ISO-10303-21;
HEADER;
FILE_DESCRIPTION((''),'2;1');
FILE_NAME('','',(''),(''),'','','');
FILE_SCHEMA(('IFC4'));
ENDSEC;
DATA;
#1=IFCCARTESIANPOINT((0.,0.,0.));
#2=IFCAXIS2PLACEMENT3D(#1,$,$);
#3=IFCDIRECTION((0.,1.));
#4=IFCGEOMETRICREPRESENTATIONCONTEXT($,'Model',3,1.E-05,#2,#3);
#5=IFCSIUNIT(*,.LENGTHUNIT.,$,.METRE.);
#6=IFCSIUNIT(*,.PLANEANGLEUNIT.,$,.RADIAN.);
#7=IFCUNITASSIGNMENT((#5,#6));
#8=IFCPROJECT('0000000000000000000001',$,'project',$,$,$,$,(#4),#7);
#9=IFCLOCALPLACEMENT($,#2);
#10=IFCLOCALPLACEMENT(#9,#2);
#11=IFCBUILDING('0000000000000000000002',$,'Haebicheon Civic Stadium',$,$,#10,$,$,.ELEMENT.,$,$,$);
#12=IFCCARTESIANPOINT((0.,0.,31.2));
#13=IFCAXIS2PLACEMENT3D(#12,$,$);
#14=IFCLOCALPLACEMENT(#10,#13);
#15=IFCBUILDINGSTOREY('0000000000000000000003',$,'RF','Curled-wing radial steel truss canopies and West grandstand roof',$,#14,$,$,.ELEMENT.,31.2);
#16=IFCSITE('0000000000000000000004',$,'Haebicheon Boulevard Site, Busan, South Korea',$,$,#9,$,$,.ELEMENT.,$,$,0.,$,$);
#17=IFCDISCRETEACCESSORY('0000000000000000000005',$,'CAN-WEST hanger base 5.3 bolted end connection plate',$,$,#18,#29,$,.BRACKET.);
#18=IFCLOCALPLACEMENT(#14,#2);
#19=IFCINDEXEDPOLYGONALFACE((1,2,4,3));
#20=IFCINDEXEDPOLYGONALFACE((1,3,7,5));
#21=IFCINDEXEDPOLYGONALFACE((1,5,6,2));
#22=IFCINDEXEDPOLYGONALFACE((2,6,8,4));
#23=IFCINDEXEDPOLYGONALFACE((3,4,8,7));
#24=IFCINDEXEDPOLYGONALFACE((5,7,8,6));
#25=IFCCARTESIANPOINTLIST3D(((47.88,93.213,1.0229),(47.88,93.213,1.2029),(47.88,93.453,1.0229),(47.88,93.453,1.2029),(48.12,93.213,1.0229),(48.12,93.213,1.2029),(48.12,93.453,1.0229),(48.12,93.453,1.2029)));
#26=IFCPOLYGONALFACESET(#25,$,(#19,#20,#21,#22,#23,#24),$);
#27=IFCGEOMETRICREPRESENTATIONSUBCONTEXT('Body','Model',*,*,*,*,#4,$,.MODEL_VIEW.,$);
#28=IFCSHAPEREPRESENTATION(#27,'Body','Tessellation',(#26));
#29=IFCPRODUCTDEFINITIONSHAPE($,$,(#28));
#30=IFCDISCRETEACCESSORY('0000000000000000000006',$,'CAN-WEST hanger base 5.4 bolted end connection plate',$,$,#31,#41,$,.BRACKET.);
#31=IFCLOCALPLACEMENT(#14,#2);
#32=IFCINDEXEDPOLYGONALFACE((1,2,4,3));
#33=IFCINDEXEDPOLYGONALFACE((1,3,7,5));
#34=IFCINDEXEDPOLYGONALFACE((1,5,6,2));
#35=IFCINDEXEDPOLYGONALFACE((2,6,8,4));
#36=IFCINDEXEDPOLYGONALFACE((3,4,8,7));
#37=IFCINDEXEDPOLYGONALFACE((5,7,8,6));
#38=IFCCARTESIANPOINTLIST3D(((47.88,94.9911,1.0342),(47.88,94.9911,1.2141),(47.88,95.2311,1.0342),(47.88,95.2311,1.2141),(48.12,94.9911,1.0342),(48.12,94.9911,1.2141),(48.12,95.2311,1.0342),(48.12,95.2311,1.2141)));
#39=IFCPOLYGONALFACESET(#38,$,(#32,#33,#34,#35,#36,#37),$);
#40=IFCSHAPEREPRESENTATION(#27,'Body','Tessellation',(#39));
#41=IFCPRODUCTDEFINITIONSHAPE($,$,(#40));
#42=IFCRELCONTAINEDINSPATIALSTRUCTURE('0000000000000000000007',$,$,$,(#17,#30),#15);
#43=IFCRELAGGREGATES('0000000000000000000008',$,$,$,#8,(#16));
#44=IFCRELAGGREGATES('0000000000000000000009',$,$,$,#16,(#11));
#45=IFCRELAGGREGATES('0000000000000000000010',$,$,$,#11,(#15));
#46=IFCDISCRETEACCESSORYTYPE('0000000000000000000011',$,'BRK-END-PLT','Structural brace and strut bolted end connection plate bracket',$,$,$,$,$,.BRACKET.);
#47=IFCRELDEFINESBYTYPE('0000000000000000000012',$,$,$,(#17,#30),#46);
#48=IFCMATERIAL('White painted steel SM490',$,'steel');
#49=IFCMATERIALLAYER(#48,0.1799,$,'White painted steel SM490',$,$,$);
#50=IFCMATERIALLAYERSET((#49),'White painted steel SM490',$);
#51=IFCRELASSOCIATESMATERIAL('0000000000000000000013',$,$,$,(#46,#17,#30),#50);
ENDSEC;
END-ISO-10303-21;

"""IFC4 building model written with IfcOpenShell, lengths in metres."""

from ifc_helpers import new_model, si_unit, direction, frame, origin, origin_2d, place, context, subcontext, project, spatial, rectangle, extrude, material, layer, layer_set, type_object, element, save


model = new_model("IFC4")

# Units and contexts
model_context = context("Model", 3, precision=1e-05, world=origin(), true_north=direction((0.0, 1.0)))
body_context = subcontext(model_context, "Body", "Model", "MODEL_VIEW")
ifc_project = project(units=[si_unit("LENGTHUNIT", "METRE"), si_unit("PLANEANGLEUNIT", "RADIAN")], contexts=[model_context])

# Site, building, storey
site_placement = place(None, origin())
site = spatial("IfcSite", under=ifc_project, at=site_placement, Name="Haebicheon Boulevard Site, Busan, South Korea", CompositionType="ELEMENT", RefElevation=0.0)
building_placement = place(site_placement, origin())
building = spatial("IfcBuilding", under=site, at=building_placement, Name="Haebicheon Civic Stadium", CompositionType="ELEMENT")
storey_placement = place(building_placement, frame((0.0, 0.0, 31.2)))
storey = spatial("IfcBuildingStorey", under=building, at=storey_placement, Name="RF", Description="Curled-wing radial steel truss canopies and West grandstand roof", CompositionType="ELEMENT", Elevation=31.2)

# Discrete accessories
ifc_material_1 = material(Name="White painted steel SM490", Category="steel")
ifc_layer_1 = layer(ifc_material_1, 0.1799, Name="White painted steel SM490")
ifc_layer_set_1 = layer_set([ifc_layer_1], Name="White painted steel SM490")
discrete_accessory_type = type_object("IfcDiscreteAccessoryType", Name="BRK-END-PLT", Description="Structural brace and strut bolted end connection plate bracket", PredefinedType="BRACKET", material=ifc_layer_set_1)
for number, where, z_axis, x_axis, name in (
    (1, (48.0, 93.333, 1.0229), (0.0, 0.0, 1.0), (1.0, 0.0, 0.0), "CAN-WEST hanger base 5.3 bolted end connection plate"),
    (2, (48.0, 95.1111, 1.0342), (0.0, 0.0, 1.0), (1.0, 0.0, 0.0), "CAN-WEST hanger base 5.4 bolted end connection plate"),
):
    element("IfcDiscreteAccessory", number, at=place(storey_placement, frame(where, z_axis=z_axis, x_axis=x_axis)), inside=storey, type_object=discrete_accessory_type, material=ifc_layer_set_1, Name=name, PredefinedType="BRACKET", context=body_context, shape_type="SweptSolid", body=[
        extrude(rectangle(XDim=0.24, YDim=0.24, at=origin_2d()), origin(), (0.0, 0.0, 1.0), 0.1799),
    ])

save(model, "model.ifc")
